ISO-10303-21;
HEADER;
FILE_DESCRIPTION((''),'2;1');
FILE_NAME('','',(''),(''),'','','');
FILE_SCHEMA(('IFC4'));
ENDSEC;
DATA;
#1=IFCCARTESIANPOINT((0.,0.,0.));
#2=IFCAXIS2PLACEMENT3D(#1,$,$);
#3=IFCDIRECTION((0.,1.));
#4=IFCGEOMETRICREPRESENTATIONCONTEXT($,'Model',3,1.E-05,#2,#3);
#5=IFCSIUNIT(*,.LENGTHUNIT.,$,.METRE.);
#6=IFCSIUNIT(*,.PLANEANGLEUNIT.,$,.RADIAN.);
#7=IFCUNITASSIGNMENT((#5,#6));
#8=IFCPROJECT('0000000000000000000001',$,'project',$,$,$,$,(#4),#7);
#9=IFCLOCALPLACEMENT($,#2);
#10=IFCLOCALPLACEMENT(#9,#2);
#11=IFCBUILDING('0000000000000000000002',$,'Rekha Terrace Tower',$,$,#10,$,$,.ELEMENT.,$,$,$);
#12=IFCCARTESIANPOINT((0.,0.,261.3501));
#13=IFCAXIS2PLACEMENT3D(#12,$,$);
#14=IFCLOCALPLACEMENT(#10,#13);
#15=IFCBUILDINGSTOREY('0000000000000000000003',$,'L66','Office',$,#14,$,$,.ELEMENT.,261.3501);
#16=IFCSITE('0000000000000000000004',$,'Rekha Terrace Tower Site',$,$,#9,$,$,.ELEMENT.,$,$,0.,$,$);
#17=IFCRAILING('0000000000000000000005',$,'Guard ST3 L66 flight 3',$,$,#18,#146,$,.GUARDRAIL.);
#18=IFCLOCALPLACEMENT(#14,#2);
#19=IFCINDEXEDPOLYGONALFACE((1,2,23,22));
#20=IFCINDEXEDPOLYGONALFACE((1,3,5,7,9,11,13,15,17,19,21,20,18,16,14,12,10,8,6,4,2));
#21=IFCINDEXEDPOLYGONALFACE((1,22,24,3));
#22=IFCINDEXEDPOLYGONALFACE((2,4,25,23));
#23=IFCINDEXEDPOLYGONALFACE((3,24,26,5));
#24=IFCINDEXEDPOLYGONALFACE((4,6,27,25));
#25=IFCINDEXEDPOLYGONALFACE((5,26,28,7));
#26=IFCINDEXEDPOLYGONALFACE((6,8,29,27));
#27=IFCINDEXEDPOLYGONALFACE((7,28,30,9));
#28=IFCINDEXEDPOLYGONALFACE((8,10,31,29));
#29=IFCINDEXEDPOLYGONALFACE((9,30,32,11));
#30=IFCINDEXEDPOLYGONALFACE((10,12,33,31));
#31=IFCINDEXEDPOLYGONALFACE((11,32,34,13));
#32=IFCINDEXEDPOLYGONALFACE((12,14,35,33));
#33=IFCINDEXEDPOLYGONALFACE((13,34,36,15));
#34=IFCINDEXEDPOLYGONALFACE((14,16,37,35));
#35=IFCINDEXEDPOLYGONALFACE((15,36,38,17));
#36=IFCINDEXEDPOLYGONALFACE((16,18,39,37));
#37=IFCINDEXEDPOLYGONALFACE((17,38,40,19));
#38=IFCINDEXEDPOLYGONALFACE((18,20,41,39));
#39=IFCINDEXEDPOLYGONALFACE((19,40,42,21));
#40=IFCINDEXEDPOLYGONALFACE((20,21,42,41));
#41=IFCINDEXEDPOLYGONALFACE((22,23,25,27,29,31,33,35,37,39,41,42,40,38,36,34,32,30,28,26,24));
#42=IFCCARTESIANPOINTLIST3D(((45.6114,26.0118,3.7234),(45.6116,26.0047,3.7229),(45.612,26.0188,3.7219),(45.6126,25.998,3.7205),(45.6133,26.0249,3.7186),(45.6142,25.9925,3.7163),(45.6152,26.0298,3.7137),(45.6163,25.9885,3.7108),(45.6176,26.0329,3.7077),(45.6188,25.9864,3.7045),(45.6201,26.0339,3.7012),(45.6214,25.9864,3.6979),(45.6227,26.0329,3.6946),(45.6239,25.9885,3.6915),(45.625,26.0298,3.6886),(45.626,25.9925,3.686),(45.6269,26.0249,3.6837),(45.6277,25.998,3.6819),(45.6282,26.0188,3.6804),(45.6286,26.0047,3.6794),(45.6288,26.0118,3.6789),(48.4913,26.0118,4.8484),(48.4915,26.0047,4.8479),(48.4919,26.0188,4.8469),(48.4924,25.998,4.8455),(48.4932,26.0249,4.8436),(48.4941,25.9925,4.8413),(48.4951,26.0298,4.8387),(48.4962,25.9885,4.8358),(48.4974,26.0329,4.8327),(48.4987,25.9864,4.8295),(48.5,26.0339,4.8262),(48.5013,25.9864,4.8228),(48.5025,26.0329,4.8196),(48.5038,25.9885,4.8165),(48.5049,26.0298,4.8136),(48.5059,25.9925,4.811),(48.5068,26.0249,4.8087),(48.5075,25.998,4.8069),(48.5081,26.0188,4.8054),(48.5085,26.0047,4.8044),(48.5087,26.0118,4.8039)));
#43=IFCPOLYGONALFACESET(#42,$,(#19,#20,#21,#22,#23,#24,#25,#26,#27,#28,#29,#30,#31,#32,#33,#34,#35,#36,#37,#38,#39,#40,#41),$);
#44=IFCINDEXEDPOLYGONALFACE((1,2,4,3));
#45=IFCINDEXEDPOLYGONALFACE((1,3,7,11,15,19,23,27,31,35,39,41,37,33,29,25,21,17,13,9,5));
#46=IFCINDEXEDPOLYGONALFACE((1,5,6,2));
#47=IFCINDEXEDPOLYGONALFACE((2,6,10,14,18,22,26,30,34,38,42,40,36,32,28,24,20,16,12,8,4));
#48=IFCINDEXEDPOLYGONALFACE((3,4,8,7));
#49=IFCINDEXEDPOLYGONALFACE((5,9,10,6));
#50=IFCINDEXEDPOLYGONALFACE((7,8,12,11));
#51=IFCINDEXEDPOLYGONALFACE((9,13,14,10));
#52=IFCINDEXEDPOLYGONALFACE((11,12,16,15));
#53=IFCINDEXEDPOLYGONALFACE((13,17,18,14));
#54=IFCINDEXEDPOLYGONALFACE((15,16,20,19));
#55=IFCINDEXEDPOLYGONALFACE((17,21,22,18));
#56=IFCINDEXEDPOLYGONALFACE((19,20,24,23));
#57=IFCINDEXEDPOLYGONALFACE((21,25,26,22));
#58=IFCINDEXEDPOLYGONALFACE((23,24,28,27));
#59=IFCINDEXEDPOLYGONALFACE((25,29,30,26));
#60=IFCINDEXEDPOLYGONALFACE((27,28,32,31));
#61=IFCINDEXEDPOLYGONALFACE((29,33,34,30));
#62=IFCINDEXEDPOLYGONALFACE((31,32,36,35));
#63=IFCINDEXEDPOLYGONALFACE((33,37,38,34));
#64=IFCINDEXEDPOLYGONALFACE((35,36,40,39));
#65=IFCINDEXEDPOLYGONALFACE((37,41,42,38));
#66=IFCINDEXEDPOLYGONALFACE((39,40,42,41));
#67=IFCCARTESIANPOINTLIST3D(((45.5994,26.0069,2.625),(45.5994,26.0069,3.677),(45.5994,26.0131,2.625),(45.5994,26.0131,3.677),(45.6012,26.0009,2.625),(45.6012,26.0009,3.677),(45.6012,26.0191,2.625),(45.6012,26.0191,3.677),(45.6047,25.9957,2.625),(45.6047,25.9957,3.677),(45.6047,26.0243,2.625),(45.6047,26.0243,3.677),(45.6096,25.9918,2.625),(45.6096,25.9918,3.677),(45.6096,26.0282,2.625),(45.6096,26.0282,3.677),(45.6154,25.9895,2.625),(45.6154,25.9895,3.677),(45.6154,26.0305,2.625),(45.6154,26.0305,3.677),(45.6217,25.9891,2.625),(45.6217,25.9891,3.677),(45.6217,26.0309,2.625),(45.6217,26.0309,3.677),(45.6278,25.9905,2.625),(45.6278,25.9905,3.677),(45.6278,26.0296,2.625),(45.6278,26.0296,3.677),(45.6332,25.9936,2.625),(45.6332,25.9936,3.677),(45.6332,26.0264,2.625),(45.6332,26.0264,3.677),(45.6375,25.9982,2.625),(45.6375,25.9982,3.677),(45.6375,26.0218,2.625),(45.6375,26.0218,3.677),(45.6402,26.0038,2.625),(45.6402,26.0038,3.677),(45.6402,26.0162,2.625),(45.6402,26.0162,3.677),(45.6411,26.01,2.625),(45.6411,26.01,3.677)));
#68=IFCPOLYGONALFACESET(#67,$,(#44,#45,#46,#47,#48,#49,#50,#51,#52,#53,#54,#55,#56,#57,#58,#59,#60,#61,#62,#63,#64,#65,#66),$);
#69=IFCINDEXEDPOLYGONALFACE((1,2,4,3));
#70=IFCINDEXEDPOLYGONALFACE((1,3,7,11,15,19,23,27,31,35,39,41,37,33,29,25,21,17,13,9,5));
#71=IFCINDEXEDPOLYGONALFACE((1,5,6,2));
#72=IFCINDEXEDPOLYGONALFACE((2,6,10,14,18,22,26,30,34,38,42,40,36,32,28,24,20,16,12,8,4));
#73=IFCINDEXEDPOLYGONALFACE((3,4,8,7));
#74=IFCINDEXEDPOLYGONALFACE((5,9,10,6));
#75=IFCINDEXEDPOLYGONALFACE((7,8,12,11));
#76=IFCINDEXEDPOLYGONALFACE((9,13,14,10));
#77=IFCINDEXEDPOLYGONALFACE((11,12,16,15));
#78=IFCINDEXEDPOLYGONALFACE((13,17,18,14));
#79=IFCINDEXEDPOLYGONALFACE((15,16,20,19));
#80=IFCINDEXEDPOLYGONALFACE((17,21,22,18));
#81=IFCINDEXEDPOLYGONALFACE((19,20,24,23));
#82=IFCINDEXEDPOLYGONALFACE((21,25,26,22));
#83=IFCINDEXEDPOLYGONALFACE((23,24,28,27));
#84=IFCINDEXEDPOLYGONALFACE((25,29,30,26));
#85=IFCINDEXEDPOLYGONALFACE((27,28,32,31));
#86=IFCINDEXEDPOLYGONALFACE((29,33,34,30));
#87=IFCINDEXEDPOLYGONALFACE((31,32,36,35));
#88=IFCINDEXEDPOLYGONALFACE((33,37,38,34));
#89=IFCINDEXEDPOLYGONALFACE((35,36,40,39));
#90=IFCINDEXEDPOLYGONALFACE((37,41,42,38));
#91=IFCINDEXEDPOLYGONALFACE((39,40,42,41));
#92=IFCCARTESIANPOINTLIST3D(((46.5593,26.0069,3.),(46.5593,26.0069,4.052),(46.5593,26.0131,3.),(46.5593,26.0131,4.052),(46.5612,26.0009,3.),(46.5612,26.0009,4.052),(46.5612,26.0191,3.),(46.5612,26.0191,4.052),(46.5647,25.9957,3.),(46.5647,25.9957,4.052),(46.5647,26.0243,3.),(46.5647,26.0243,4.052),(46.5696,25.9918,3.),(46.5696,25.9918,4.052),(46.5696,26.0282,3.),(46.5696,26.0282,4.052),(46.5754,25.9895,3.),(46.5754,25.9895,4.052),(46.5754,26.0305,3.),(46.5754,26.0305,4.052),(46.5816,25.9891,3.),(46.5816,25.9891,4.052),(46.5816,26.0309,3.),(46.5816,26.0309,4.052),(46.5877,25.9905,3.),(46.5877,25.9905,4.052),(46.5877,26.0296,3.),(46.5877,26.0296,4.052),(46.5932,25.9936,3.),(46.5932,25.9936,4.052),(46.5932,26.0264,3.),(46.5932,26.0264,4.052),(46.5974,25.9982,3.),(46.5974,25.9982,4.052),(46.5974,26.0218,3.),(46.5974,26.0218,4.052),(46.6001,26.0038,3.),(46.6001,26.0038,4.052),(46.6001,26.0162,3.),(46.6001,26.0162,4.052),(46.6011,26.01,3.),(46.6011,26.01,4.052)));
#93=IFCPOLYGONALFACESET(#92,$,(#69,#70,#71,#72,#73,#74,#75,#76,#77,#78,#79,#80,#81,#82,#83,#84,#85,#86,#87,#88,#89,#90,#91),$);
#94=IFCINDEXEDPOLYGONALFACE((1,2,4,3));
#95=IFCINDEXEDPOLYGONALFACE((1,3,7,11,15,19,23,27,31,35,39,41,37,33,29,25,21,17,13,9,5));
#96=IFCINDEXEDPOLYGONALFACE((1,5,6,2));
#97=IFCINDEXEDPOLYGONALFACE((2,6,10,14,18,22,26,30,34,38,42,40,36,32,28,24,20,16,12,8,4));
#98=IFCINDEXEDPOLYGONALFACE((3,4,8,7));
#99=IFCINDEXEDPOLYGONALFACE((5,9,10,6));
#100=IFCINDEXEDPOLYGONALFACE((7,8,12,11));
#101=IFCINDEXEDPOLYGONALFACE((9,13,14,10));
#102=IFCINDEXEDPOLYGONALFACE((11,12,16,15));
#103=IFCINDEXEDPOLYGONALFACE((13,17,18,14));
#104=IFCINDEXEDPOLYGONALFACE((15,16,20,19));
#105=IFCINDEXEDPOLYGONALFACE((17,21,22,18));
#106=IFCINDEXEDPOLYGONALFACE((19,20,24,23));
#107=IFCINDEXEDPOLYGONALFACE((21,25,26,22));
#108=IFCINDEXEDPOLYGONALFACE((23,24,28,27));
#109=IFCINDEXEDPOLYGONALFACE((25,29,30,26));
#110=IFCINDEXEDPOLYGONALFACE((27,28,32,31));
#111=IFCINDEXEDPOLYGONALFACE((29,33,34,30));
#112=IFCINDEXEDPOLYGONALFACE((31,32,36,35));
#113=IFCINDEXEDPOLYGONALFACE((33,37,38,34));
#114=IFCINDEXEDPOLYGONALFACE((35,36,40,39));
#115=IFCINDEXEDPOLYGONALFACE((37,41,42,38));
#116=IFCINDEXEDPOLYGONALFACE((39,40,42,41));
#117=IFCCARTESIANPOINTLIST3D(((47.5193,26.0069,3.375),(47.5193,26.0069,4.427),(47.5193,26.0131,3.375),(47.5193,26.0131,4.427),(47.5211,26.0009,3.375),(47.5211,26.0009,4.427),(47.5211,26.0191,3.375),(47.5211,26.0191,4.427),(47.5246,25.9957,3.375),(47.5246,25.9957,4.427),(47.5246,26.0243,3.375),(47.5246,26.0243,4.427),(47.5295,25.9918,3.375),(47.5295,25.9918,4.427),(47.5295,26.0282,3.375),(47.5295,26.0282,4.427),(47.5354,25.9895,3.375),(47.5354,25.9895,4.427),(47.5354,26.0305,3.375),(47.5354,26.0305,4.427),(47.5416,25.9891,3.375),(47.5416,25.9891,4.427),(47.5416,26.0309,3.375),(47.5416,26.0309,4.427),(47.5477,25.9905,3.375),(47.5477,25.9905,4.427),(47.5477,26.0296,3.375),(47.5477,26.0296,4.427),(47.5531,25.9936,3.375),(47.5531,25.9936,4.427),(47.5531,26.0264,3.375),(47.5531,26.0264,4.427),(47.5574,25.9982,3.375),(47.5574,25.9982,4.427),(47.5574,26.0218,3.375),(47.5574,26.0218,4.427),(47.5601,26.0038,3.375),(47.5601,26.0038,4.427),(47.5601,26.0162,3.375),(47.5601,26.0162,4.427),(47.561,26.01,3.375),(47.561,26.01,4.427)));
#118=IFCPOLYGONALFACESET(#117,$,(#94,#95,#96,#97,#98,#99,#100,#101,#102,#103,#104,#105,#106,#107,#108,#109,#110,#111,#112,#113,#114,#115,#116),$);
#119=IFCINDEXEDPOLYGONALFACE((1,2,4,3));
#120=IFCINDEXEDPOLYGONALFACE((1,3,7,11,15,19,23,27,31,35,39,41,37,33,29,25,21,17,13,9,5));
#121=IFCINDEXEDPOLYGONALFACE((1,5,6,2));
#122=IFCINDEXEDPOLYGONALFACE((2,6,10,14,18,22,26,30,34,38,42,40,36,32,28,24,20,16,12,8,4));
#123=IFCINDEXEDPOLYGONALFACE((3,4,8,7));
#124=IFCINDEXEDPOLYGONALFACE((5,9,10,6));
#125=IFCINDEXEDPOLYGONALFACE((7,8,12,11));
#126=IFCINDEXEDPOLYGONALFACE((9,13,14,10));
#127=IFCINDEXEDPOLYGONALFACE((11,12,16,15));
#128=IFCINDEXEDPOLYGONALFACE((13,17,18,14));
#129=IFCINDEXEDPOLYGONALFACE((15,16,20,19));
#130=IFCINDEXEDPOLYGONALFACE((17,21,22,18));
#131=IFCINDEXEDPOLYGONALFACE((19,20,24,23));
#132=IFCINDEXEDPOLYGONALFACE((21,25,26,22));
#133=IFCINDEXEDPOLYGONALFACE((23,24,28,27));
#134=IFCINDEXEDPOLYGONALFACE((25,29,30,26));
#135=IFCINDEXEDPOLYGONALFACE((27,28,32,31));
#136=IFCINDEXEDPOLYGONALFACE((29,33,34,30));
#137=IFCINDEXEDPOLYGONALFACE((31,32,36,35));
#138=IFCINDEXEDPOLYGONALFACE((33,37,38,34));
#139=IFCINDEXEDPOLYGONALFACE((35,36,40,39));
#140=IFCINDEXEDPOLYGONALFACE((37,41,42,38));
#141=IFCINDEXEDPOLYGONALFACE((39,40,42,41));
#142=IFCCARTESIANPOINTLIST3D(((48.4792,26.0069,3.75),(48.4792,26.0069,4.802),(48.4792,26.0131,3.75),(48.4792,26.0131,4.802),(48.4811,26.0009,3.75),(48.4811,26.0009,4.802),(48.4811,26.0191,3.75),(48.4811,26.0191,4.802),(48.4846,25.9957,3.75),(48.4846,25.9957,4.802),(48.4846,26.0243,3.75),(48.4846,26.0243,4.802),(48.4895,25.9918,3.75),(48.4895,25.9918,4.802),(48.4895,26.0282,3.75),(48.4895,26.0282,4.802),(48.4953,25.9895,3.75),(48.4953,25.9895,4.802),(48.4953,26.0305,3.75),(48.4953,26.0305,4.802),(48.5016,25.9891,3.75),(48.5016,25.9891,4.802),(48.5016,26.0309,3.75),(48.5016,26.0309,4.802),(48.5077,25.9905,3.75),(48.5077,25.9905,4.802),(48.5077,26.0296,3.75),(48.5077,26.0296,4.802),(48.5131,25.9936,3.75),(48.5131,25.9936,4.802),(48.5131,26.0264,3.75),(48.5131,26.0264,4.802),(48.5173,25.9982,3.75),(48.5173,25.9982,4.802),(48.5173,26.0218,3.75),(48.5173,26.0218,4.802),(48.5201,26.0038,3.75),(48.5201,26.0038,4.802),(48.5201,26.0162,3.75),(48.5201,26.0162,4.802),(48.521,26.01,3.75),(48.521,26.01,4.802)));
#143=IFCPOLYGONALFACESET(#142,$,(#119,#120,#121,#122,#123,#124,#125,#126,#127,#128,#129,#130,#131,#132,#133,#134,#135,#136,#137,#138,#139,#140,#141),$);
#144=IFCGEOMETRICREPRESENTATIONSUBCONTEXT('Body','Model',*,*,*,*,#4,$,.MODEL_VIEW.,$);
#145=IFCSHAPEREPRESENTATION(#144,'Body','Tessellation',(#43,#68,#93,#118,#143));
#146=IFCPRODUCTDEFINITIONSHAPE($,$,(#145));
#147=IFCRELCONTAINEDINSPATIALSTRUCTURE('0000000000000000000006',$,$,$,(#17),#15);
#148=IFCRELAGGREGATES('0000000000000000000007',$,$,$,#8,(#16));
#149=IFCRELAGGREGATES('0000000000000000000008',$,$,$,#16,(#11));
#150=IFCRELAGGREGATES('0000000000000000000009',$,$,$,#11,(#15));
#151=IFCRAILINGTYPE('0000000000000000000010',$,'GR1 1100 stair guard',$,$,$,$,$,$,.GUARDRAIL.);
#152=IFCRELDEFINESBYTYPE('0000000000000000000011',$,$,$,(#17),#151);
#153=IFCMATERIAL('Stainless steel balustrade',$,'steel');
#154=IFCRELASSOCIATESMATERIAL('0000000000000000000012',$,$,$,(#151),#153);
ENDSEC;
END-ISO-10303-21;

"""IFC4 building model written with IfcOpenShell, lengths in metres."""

from ifc_helpers import new_model, si_unit, direction, frame, origin, origin_2d, place, context, subcontext, project, spatial, circle, extrude, material, type_object, element, save


model = new_model("IFC4")

# Units and contexts
model_context = context("Model", 3, precision=1e-05, world=origin(), true_north=direction((0.0, 1.0)))
body_context = subcontext(model_context, "Body", "Model", "MODEL_VIEW")
ifc_project = project(units=[si_unit("LENGTHUNIT", "METRE"), si_unit("PLANEANGLEUNIT", "RADIAN")], contexts=[model_context])

# Site, building, storey
site_placement = place(None, origin())
site = spatial("IfcSite", under=ifc_project, at=site_placement, Name="Rekha Terrace Tower Site", CompositionType="ELEMENT", RefElevation=0.0)
building_placement = place(site_placement, origin())
building = spatial("IfcBuilding", under=site, at=building_placement, Name="Rekha Terrace Tower", CompositionType="ELEMENT")
storey_placement = place(building_placement, frame((0.0, 0.0, 261.3501)))
storey = spatial("IfcBuildingStorey", under=building, at=storey_placement, Name="L66", Description="Office", CompositionType="ELEMENT", Elevation=261.3501)

# Railing
ifc_material_1 = material(Name="Stainless steel balustrade", Category="steel")
railing_type_1 = type_object("IfcRailingType", Name="GR1 1100 stair guard", PredefinedType="GUARDRAIL", material=ifc_material_1)
railing_1_placement = place(storey_placement, frame((45.6201, 26.01, 2.625)))
element("IfcRailing", 1, at=railing_1_placement, inside=storey, type_object=railing_type_1, Name="Guard ST3 L66 flight 3", PredefinedType="GUARDRAIL", context=body_context, shape_type="SweptSolid", body=[
    extrude(circle(Radius=0.0239, at=origin_2d()), frame((0.0, 0.0, 1.0762), z_axis=(0.931452, 0.0, 0.363863), x_axis=(0.0, 1.0, 0.0)), (0.0, 0.0, 1.0), 3.0918),
    extrude(circle(Radius=0.021, at=origin_2d()), origin(), (0.0, 0.0, 1.0), 1.052),
    extrude(circle(Radius=0.021, at=origin_2d()), frame((0.96, 0.0, 0.375)), (0.0, 0.0, 1.0), 1.052),
    extrude(circle(Radius=0.021, at=origin_2d()), frame((1.9199, 0.0, 0.75)), (0.0, 0.0, 1.0), 1.052),
    extrude(circle(Radius=0.021, at=origin_2d()), frame((2.8799, 0.0, 1.125)), (0.0, 0.0, 1.0), 1.052),
])

save(model, "model.ifc")
